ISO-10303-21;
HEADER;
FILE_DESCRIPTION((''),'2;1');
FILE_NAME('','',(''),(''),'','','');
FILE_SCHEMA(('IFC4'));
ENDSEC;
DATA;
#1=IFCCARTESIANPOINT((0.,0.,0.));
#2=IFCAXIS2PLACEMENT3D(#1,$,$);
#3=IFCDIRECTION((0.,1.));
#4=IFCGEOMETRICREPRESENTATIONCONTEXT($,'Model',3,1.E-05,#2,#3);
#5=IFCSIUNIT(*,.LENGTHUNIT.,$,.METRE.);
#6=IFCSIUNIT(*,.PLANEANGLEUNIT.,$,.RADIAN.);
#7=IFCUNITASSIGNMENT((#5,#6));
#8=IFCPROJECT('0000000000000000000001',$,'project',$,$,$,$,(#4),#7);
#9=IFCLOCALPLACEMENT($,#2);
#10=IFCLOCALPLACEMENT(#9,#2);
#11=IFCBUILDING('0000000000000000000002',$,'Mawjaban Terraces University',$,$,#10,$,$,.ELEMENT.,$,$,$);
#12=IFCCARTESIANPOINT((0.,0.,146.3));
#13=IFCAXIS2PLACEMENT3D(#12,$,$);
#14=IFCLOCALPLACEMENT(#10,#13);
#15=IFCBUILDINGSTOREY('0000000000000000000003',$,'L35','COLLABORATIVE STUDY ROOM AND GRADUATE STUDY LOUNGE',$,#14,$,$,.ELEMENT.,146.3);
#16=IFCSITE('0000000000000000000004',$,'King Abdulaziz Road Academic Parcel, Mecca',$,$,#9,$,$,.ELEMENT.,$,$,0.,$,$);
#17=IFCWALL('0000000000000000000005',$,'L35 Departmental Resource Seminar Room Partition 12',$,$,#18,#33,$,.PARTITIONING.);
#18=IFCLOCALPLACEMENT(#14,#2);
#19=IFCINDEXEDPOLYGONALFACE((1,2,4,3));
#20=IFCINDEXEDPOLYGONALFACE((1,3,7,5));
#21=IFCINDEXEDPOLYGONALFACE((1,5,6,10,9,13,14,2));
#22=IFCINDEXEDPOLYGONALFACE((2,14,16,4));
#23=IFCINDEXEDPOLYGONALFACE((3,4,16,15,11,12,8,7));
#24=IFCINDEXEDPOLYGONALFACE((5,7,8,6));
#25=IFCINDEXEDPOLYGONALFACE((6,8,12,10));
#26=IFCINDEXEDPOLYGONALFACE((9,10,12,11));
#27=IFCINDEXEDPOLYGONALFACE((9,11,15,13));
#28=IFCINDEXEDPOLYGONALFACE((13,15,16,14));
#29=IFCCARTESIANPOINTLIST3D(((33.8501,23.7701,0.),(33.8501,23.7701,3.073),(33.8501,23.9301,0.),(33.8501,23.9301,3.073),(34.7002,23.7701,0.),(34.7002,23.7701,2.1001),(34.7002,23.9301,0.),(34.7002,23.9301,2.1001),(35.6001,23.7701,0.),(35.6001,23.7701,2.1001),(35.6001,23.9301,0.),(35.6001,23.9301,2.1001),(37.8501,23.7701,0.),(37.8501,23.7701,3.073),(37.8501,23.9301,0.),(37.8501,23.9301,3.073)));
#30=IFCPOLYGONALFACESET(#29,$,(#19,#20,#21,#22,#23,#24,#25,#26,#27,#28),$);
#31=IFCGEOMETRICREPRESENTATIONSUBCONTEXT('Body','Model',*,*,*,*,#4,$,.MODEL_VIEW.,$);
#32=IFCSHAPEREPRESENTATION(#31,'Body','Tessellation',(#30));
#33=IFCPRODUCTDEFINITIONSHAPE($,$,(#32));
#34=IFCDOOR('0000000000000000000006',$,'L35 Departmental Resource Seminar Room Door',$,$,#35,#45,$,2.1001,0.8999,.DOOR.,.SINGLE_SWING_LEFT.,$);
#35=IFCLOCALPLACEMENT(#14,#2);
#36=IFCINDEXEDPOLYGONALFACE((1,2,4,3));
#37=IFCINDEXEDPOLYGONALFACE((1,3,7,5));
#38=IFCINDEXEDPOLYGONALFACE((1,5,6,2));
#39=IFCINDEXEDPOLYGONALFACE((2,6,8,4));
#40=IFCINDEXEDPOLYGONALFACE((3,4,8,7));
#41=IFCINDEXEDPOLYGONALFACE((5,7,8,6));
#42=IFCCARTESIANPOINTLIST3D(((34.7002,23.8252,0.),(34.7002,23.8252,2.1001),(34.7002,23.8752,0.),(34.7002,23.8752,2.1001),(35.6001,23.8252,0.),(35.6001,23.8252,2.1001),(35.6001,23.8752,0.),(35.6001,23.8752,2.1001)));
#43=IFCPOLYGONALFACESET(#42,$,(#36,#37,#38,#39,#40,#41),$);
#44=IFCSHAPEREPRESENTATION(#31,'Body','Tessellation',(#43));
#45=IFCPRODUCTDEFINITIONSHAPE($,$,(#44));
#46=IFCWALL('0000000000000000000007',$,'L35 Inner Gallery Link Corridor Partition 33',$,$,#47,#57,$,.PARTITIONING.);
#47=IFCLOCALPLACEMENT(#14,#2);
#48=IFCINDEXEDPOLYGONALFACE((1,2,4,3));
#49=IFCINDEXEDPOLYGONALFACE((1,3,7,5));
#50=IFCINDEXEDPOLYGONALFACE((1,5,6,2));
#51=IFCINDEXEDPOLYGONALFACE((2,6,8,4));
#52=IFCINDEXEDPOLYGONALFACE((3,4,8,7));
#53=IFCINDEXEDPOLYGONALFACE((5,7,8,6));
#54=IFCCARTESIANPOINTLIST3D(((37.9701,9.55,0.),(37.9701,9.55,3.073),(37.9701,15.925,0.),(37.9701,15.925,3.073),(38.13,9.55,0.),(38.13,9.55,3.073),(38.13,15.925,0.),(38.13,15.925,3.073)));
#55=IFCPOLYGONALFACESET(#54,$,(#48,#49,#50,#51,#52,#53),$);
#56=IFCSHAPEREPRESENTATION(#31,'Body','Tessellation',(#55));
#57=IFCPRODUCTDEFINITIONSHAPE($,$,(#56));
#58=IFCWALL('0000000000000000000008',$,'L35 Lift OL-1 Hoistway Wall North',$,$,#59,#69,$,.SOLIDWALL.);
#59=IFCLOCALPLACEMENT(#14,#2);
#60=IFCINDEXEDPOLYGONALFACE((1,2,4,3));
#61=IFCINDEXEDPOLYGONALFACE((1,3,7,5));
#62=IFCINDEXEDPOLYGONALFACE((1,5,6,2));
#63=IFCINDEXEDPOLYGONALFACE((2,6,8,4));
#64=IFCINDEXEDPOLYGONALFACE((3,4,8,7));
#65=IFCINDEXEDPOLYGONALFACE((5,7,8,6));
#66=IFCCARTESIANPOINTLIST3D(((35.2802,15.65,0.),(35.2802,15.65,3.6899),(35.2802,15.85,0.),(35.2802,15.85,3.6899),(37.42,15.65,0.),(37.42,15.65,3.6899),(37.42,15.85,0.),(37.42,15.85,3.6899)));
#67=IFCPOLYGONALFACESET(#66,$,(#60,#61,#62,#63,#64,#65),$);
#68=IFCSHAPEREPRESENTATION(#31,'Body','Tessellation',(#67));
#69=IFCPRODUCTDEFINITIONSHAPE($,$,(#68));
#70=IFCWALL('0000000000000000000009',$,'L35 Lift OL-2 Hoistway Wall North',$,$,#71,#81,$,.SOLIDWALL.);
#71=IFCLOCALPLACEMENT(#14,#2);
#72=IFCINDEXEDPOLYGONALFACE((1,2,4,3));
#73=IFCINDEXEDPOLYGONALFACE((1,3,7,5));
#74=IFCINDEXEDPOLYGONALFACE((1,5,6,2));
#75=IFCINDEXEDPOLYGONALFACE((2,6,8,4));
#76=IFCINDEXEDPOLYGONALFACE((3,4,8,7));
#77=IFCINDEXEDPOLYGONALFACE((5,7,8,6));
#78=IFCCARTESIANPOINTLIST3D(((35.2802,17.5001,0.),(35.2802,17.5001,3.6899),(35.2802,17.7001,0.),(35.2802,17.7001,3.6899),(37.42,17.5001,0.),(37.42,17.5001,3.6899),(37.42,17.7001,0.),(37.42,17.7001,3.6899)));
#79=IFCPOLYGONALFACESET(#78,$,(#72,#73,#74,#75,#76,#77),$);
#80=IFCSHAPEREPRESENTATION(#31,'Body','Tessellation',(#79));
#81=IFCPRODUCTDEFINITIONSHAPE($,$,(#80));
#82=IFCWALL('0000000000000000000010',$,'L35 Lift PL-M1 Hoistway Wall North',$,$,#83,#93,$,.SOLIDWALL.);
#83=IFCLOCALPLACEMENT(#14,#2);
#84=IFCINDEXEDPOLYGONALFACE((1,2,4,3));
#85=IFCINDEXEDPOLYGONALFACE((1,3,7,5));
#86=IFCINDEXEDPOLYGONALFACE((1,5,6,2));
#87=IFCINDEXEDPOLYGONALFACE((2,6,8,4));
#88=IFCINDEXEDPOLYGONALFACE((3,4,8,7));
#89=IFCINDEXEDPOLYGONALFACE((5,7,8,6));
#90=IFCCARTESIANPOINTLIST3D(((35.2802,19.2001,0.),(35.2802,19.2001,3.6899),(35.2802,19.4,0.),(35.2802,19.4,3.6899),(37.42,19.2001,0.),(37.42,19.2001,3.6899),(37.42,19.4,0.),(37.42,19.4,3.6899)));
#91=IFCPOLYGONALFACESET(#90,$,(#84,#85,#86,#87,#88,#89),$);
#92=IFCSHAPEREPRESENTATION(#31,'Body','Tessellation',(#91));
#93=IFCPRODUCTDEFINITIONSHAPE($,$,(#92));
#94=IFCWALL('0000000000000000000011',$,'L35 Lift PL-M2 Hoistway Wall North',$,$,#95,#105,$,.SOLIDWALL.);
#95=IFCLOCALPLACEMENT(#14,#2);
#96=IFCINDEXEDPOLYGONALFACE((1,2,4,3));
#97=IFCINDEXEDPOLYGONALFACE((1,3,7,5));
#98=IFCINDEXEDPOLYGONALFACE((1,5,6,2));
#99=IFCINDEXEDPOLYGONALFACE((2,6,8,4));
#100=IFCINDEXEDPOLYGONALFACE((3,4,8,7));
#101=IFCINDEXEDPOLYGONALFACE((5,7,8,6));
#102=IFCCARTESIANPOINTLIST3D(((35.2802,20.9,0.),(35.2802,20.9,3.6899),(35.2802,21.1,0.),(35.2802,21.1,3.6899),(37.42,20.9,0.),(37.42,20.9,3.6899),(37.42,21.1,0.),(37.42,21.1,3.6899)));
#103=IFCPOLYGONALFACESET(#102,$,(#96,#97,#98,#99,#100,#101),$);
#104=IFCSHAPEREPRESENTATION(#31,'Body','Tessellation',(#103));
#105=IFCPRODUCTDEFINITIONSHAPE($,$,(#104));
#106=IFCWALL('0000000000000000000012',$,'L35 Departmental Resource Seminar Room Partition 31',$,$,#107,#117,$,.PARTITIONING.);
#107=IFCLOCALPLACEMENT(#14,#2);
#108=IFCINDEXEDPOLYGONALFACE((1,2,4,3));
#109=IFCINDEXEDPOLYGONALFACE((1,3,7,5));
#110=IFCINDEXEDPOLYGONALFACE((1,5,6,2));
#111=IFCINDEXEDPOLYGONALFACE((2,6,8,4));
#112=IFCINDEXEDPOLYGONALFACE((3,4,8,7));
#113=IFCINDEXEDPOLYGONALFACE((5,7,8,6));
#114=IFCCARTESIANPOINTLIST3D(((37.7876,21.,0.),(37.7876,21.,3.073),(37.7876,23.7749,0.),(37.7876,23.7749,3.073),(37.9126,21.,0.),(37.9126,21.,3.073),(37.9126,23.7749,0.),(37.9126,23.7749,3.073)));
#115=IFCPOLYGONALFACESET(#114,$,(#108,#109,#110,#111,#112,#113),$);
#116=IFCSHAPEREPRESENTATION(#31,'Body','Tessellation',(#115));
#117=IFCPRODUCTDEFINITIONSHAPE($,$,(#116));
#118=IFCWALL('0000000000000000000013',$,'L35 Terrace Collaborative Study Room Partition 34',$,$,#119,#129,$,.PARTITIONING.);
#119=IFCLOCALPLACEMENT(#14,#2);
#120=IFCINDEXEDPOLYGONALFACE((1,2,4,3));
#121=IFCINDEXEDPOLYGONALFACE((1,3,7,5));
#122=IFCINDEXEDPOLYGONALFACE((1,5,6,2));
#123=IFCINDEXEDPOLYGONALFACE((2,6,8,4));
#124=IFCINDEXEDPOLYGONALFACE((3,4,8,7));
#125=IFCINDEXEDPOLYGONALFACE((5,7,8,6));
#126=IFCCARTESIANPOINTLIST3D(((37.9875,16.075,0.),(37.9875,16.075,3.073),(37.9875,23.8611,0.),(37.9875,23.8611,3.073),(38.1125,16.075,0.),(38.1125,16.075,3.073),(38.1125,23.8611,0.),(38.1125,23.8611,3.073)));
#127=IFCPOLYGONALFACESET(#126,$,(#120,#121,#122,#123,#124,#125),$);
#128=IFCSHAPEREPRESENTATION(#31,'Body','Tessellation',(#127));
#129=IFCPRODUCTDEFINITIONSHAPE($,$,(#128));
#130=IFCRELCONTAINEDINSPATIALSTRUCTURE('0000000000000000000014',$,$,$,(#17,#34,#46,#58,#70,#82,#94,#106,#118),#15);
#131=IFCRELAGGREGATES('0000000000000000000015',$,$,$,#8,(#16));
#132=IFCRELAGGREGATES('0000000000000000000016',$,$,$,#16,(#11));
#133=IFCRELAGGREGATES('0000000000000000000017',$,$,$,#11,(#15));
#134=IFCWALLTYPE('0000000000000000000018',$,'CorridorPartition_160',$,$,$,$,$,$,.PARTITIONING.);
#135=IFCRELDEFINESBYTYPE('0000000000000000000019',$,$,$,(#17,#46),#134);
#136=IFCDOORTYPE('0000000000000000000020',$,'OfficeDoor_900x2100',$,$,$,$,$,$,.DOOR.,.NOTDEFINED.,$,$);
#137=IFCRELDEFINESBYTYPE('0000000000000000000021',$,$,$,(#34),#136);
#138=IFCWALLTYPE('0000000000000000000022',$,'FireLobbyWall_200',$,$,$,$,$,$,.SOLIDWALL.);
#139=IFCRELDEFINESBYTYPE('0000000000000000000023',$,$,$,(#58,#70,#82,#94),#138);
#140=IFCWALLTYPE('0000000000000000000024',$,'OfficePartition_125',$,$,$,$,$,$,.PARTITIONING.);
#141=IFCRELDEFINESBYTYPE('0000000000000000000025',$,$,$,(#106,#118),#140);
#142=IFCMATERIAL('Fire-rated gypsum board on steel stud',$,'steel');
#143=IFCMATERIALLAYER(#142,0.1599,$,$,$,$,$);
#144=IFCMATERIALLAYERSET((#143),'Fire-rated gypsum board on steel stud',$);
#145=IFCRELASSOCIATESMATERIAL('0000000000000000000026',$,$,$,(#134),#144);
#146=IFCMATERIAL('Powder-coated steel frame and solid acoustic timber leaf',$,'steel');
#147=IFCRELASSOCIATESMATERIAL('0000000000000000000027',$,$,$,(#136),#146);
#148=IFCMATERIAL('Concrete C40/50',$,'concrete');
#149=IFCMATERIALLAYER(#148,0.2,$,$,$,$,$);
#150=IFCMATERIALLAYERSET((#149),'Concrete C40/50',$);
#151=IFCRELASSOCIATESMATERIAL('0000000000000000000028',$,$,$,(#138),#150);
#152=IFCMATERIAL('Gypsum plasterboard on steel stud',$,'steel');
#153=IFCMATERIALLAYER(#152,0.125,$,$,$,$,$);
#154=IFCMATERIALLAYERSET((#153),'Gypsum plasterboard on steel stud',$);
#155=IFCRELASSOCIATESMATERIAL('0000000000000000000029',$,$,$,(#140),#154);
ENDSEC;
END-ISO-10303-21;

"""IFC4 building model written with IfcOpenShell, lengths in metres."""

from ifc_helpers import new_model, si_unit, direction, frame, frame_2d, origin, place, context, subcontext, project, spatial, rectangle, extrude, material, layer, layer_set, type_object, element, fill, save


model = new_model("IFC4")

# Units and contexts
model_context = context("Model", 3, precision=1e-05, world=origin(), true_north=direction((0.0, 1.0)))
body_context = subcontext(model_context, "Body", "Model", "MODEL_VIEW")
ifc_project = project(units=[si_unit("LENGTHUNIT", "METRE"), si_unit("PLANEANGLEUNIT", "RADIAN")], contexts=[model_context])

# Site, building, storey
site_placement = place(None, origin())
site = spatial("IfcSite", under=ifc_project, at=site_placement, Name="King Abdulaziz Road Academic Parcel, Mecca", CompositionType="ELEMENT", RefElevation=0.0)
building_placement = place(site_placement, origin())
building = spatial("IfcBuilding", under=site, at=building_placement, Name="Mawjaban Terraces University", CompositionType="ELEMENT")
storey_placement = place(building_placement, frame((0.0, 0.0, 146.3)))
storey = spatial("IfcBuildingStorey", under=building, at=storey_placement, Name="L35", Description="COLLABORATIVE STUDY ROOM AND GRADUATE STUDY LOUNGE", CompositionType="ELEMENT", Elevation=146.3)

# Wall, opening, door
ifc_material_1 = material(Name="Fire-rated gypsum board on steel stud", Category="steel")
ifc_layer_1 = layer(ifc_material_1, 0.1599)
ifc_layer_set_1 = layer_set([ifc_layer_1], Name="Fire-rated gypsum board on steel stud")
wall_type_1 = type_object("IfcWallType", Name="CorridorPartition_160", PredefinedType="PARTITIONING", material=ifc_layer_set_1)
wall_1_placement = place(storey_placement, frame((37.8501, 23.8501, 0.0), z_axis=(0.0, 0.0, 1.0), x_axis=(-1.0, 0.0, 0.0)))
wall_1 = element("IfcWall", 1, at=wall_1_placement, inside=storey, type_object=wall_type_1, Name="L35 Departmental Resource Seminar Room Partition 12", PredefinedType="PARTITIONING", context=body_context, shape_type="SweptSolid", body=[
    extrude(rectangle(XDim=4.0, YDim=0.1599, at=frame_2d((2.0, 0.0))), origin(), (0.0, 0.0, 1.0), 3.073),
])
opening_placement = place(wall_1_placement, frame((2.25, 0.0, 0.0)))
opening = element("IfcOpeningElement", 2, at=opening_placement, cuts=wall_1, PredefinedType="OPENING", context=body_context, shape_type="SweptSolid", body=[
    extrude(rectangle(XDim=0.8999, YDim=2.1001, at=frame_2d((0.45, 1.05))), frame((0.0, 0.0898, 0.0), z_axis=(0.0, -1.0, 0.0), x_axis=(1.0, 0.0, 0.0)), (0.0, 0.0, 1.0), 0.1799),
])
ifc_material_2 = material(Name="Powder-coated steel frame and solid acoustic timber leaf", Category="steel")
door_type = type_object("IfcDoorType", Name="OfficeDoor_900x2100", OperationType="NOTDEFINED", PredefinedType="DOOR", material=ifc_material_2)
door_placement = place(opening_placement, origin())
door = element("IfcDoor", 3, at=door_placement, inside=storey, type_object=door_type, Name="L35 Departmental Resource Seminar Room Door", OperationType="SINGLE_SWING_LEFT", OverallHeight=2.1001, OverallWidth=0.8999, PredefinedType="DOOR", context=body_context, shape_type="SweptSolid", body=[
    extrude(rectangle(XDim=0.8999, YDim=2.1001, at=frame_2d((0.45, 1.05))), frame((0.0, 0.0249, 0.0), z_axis=(0.0, -1.0, 0.0), x_axis=(1.0, 0.0, 0.0)), (0.0, 0.0, 1.0), 0.05),
])
fill(opening, door)

# Walls
wall_2_placement = place(storey_placement, frame((38.05, 15.925, 0.0), z_axis=(0.0, 0.0, 1.0), x_axis=(0.0, -1.0, 0.0)))
element("IfcWall", 4, at=wall_2_placement, inside=storey, type_object=wall_type_1, Name="L35 Inner Gallery Link Corridor Partition 33", PredefinedType="PARTITIONING", context=body_context, shape_type="SweptSolid", body=[
    extrude(rectangle(XDim=6.375, YDim=0.1599, at=frame_2d((3.1875, 0.0))), origin(), (0.0, 0.0, 1.0), 3.073),
])
ifc_material_3 = material(Name="Concrete C40/50", Category="concrete")
ifc_layer_2 = layer(ifc_material_3, 0.2)
ifc_layer_set_2 = layer_set([ifc_layer_2], Name="Concrete C40/50")
wall_type_2 = type_object("IfcWallType", Name="FireLobbyWall_200", PredefinedType="SOLIDWALL", material=ifc_layer_set_2)
for number, where, z_axis, x_axis, name in (
    (5, (37.4199, 15.75, 0.0), (0.0, 0.0, 1.0), (-1.0, 0.0, 0.0), "L35 Lift OL-1 Hoistway Wall North"),
    (6, (37.4199, 17.6001, 0.0), (0.0, 0.0, 1.0), (-1.0, 0.0, 0.0), "L35 Lift OL-2 Hoistway Wall North"),
    (7, (37.4199, 19.3, 0.0), (0.0, 0.0, 1.0), (-1.0, 0.0, 0.0), "L35 Lift PL-M1 Hoistway Wall North"),
    (8, (37.4199, 21.0, 0.0), (0.0, 0.0, 1.0), (-1.0, 0.0, 0.0), "L35 Lift PL-M2 Hoistway Wall North"),
):
    element("IfcWall", number, at=place(storey_placement, frame(where, z_axis=z_axis, x_axis=x_axis)), inside=storey, type_object=wall_type_2, Name=name, PredefinedType="SOLIDWALL", context=body_context, shape_type="SweptSolid", body=[
        extrude(rectangle(XDim=2.1399, YDim=0.2, at=frame_2d((1.0698, 0.0))), origin(), (0.0, 0.0, 1.0), 3.6899),
    ])
ifc_material_4 = material(Name="Gypsum plasterboard on steel stud", Category="steel")
ifc_layer_3 = layer(ifc_material_4, 0.125)
ifc_layer_set_3 = layer_set([ifc_layer_3], Name="Gypsum plasterboard on steel stud")
wall_type_3 = type_object("IfcWallType", Name="OfficePartition_125", PredefinedType="PARTITIONING", material=ifc_layer_set_3)
wall_3_placement = place(storey_placement, frame((37.8501, 21.0, 0.0), z_axis=(0.0, 0.0, 1.0), x_axis=(0.0, 1.0, 0.0)))
element("IfcWall", 9, at=wall_3_placement, inside=storey, type_object=wall_type_3, Name="L35 Departmental Resource Seminar Room Partition 31", PredefinedType="PARTITIONING", context=body_context, shape_type="SweptSolid", body=[
    extrude(rectangle(XDim=2.7749, YDim=0.125, at=frame_2d((1.3875, 0.0))), origin(), (0.0, 0.0, 1.0), 3.073),
])
wall_4_placement = place(storey_placement, frame((38.05, 23.8611, 0.0), z_axis=(0.0, 0.0, 1.0), x_axis=(0.0, -1.0, 0.0)))
element("IfcWall", 10, at=wall_4_placement, inside=storey, type_object=wall_type_3, Name="L35 Terrace Collaborative Study Room Partition 34", PredefinedType="PARTITIONING", context=body_context, shape_type="SweptSolid", body=[
    extrude(rectangle(XDim=7.7861, YDim=0.125, at=frame_2d((3.8931, 0.0))), origin(), (0.0, 0.0, 1.0), 3.073),
])

save(model, "model.ifc")
